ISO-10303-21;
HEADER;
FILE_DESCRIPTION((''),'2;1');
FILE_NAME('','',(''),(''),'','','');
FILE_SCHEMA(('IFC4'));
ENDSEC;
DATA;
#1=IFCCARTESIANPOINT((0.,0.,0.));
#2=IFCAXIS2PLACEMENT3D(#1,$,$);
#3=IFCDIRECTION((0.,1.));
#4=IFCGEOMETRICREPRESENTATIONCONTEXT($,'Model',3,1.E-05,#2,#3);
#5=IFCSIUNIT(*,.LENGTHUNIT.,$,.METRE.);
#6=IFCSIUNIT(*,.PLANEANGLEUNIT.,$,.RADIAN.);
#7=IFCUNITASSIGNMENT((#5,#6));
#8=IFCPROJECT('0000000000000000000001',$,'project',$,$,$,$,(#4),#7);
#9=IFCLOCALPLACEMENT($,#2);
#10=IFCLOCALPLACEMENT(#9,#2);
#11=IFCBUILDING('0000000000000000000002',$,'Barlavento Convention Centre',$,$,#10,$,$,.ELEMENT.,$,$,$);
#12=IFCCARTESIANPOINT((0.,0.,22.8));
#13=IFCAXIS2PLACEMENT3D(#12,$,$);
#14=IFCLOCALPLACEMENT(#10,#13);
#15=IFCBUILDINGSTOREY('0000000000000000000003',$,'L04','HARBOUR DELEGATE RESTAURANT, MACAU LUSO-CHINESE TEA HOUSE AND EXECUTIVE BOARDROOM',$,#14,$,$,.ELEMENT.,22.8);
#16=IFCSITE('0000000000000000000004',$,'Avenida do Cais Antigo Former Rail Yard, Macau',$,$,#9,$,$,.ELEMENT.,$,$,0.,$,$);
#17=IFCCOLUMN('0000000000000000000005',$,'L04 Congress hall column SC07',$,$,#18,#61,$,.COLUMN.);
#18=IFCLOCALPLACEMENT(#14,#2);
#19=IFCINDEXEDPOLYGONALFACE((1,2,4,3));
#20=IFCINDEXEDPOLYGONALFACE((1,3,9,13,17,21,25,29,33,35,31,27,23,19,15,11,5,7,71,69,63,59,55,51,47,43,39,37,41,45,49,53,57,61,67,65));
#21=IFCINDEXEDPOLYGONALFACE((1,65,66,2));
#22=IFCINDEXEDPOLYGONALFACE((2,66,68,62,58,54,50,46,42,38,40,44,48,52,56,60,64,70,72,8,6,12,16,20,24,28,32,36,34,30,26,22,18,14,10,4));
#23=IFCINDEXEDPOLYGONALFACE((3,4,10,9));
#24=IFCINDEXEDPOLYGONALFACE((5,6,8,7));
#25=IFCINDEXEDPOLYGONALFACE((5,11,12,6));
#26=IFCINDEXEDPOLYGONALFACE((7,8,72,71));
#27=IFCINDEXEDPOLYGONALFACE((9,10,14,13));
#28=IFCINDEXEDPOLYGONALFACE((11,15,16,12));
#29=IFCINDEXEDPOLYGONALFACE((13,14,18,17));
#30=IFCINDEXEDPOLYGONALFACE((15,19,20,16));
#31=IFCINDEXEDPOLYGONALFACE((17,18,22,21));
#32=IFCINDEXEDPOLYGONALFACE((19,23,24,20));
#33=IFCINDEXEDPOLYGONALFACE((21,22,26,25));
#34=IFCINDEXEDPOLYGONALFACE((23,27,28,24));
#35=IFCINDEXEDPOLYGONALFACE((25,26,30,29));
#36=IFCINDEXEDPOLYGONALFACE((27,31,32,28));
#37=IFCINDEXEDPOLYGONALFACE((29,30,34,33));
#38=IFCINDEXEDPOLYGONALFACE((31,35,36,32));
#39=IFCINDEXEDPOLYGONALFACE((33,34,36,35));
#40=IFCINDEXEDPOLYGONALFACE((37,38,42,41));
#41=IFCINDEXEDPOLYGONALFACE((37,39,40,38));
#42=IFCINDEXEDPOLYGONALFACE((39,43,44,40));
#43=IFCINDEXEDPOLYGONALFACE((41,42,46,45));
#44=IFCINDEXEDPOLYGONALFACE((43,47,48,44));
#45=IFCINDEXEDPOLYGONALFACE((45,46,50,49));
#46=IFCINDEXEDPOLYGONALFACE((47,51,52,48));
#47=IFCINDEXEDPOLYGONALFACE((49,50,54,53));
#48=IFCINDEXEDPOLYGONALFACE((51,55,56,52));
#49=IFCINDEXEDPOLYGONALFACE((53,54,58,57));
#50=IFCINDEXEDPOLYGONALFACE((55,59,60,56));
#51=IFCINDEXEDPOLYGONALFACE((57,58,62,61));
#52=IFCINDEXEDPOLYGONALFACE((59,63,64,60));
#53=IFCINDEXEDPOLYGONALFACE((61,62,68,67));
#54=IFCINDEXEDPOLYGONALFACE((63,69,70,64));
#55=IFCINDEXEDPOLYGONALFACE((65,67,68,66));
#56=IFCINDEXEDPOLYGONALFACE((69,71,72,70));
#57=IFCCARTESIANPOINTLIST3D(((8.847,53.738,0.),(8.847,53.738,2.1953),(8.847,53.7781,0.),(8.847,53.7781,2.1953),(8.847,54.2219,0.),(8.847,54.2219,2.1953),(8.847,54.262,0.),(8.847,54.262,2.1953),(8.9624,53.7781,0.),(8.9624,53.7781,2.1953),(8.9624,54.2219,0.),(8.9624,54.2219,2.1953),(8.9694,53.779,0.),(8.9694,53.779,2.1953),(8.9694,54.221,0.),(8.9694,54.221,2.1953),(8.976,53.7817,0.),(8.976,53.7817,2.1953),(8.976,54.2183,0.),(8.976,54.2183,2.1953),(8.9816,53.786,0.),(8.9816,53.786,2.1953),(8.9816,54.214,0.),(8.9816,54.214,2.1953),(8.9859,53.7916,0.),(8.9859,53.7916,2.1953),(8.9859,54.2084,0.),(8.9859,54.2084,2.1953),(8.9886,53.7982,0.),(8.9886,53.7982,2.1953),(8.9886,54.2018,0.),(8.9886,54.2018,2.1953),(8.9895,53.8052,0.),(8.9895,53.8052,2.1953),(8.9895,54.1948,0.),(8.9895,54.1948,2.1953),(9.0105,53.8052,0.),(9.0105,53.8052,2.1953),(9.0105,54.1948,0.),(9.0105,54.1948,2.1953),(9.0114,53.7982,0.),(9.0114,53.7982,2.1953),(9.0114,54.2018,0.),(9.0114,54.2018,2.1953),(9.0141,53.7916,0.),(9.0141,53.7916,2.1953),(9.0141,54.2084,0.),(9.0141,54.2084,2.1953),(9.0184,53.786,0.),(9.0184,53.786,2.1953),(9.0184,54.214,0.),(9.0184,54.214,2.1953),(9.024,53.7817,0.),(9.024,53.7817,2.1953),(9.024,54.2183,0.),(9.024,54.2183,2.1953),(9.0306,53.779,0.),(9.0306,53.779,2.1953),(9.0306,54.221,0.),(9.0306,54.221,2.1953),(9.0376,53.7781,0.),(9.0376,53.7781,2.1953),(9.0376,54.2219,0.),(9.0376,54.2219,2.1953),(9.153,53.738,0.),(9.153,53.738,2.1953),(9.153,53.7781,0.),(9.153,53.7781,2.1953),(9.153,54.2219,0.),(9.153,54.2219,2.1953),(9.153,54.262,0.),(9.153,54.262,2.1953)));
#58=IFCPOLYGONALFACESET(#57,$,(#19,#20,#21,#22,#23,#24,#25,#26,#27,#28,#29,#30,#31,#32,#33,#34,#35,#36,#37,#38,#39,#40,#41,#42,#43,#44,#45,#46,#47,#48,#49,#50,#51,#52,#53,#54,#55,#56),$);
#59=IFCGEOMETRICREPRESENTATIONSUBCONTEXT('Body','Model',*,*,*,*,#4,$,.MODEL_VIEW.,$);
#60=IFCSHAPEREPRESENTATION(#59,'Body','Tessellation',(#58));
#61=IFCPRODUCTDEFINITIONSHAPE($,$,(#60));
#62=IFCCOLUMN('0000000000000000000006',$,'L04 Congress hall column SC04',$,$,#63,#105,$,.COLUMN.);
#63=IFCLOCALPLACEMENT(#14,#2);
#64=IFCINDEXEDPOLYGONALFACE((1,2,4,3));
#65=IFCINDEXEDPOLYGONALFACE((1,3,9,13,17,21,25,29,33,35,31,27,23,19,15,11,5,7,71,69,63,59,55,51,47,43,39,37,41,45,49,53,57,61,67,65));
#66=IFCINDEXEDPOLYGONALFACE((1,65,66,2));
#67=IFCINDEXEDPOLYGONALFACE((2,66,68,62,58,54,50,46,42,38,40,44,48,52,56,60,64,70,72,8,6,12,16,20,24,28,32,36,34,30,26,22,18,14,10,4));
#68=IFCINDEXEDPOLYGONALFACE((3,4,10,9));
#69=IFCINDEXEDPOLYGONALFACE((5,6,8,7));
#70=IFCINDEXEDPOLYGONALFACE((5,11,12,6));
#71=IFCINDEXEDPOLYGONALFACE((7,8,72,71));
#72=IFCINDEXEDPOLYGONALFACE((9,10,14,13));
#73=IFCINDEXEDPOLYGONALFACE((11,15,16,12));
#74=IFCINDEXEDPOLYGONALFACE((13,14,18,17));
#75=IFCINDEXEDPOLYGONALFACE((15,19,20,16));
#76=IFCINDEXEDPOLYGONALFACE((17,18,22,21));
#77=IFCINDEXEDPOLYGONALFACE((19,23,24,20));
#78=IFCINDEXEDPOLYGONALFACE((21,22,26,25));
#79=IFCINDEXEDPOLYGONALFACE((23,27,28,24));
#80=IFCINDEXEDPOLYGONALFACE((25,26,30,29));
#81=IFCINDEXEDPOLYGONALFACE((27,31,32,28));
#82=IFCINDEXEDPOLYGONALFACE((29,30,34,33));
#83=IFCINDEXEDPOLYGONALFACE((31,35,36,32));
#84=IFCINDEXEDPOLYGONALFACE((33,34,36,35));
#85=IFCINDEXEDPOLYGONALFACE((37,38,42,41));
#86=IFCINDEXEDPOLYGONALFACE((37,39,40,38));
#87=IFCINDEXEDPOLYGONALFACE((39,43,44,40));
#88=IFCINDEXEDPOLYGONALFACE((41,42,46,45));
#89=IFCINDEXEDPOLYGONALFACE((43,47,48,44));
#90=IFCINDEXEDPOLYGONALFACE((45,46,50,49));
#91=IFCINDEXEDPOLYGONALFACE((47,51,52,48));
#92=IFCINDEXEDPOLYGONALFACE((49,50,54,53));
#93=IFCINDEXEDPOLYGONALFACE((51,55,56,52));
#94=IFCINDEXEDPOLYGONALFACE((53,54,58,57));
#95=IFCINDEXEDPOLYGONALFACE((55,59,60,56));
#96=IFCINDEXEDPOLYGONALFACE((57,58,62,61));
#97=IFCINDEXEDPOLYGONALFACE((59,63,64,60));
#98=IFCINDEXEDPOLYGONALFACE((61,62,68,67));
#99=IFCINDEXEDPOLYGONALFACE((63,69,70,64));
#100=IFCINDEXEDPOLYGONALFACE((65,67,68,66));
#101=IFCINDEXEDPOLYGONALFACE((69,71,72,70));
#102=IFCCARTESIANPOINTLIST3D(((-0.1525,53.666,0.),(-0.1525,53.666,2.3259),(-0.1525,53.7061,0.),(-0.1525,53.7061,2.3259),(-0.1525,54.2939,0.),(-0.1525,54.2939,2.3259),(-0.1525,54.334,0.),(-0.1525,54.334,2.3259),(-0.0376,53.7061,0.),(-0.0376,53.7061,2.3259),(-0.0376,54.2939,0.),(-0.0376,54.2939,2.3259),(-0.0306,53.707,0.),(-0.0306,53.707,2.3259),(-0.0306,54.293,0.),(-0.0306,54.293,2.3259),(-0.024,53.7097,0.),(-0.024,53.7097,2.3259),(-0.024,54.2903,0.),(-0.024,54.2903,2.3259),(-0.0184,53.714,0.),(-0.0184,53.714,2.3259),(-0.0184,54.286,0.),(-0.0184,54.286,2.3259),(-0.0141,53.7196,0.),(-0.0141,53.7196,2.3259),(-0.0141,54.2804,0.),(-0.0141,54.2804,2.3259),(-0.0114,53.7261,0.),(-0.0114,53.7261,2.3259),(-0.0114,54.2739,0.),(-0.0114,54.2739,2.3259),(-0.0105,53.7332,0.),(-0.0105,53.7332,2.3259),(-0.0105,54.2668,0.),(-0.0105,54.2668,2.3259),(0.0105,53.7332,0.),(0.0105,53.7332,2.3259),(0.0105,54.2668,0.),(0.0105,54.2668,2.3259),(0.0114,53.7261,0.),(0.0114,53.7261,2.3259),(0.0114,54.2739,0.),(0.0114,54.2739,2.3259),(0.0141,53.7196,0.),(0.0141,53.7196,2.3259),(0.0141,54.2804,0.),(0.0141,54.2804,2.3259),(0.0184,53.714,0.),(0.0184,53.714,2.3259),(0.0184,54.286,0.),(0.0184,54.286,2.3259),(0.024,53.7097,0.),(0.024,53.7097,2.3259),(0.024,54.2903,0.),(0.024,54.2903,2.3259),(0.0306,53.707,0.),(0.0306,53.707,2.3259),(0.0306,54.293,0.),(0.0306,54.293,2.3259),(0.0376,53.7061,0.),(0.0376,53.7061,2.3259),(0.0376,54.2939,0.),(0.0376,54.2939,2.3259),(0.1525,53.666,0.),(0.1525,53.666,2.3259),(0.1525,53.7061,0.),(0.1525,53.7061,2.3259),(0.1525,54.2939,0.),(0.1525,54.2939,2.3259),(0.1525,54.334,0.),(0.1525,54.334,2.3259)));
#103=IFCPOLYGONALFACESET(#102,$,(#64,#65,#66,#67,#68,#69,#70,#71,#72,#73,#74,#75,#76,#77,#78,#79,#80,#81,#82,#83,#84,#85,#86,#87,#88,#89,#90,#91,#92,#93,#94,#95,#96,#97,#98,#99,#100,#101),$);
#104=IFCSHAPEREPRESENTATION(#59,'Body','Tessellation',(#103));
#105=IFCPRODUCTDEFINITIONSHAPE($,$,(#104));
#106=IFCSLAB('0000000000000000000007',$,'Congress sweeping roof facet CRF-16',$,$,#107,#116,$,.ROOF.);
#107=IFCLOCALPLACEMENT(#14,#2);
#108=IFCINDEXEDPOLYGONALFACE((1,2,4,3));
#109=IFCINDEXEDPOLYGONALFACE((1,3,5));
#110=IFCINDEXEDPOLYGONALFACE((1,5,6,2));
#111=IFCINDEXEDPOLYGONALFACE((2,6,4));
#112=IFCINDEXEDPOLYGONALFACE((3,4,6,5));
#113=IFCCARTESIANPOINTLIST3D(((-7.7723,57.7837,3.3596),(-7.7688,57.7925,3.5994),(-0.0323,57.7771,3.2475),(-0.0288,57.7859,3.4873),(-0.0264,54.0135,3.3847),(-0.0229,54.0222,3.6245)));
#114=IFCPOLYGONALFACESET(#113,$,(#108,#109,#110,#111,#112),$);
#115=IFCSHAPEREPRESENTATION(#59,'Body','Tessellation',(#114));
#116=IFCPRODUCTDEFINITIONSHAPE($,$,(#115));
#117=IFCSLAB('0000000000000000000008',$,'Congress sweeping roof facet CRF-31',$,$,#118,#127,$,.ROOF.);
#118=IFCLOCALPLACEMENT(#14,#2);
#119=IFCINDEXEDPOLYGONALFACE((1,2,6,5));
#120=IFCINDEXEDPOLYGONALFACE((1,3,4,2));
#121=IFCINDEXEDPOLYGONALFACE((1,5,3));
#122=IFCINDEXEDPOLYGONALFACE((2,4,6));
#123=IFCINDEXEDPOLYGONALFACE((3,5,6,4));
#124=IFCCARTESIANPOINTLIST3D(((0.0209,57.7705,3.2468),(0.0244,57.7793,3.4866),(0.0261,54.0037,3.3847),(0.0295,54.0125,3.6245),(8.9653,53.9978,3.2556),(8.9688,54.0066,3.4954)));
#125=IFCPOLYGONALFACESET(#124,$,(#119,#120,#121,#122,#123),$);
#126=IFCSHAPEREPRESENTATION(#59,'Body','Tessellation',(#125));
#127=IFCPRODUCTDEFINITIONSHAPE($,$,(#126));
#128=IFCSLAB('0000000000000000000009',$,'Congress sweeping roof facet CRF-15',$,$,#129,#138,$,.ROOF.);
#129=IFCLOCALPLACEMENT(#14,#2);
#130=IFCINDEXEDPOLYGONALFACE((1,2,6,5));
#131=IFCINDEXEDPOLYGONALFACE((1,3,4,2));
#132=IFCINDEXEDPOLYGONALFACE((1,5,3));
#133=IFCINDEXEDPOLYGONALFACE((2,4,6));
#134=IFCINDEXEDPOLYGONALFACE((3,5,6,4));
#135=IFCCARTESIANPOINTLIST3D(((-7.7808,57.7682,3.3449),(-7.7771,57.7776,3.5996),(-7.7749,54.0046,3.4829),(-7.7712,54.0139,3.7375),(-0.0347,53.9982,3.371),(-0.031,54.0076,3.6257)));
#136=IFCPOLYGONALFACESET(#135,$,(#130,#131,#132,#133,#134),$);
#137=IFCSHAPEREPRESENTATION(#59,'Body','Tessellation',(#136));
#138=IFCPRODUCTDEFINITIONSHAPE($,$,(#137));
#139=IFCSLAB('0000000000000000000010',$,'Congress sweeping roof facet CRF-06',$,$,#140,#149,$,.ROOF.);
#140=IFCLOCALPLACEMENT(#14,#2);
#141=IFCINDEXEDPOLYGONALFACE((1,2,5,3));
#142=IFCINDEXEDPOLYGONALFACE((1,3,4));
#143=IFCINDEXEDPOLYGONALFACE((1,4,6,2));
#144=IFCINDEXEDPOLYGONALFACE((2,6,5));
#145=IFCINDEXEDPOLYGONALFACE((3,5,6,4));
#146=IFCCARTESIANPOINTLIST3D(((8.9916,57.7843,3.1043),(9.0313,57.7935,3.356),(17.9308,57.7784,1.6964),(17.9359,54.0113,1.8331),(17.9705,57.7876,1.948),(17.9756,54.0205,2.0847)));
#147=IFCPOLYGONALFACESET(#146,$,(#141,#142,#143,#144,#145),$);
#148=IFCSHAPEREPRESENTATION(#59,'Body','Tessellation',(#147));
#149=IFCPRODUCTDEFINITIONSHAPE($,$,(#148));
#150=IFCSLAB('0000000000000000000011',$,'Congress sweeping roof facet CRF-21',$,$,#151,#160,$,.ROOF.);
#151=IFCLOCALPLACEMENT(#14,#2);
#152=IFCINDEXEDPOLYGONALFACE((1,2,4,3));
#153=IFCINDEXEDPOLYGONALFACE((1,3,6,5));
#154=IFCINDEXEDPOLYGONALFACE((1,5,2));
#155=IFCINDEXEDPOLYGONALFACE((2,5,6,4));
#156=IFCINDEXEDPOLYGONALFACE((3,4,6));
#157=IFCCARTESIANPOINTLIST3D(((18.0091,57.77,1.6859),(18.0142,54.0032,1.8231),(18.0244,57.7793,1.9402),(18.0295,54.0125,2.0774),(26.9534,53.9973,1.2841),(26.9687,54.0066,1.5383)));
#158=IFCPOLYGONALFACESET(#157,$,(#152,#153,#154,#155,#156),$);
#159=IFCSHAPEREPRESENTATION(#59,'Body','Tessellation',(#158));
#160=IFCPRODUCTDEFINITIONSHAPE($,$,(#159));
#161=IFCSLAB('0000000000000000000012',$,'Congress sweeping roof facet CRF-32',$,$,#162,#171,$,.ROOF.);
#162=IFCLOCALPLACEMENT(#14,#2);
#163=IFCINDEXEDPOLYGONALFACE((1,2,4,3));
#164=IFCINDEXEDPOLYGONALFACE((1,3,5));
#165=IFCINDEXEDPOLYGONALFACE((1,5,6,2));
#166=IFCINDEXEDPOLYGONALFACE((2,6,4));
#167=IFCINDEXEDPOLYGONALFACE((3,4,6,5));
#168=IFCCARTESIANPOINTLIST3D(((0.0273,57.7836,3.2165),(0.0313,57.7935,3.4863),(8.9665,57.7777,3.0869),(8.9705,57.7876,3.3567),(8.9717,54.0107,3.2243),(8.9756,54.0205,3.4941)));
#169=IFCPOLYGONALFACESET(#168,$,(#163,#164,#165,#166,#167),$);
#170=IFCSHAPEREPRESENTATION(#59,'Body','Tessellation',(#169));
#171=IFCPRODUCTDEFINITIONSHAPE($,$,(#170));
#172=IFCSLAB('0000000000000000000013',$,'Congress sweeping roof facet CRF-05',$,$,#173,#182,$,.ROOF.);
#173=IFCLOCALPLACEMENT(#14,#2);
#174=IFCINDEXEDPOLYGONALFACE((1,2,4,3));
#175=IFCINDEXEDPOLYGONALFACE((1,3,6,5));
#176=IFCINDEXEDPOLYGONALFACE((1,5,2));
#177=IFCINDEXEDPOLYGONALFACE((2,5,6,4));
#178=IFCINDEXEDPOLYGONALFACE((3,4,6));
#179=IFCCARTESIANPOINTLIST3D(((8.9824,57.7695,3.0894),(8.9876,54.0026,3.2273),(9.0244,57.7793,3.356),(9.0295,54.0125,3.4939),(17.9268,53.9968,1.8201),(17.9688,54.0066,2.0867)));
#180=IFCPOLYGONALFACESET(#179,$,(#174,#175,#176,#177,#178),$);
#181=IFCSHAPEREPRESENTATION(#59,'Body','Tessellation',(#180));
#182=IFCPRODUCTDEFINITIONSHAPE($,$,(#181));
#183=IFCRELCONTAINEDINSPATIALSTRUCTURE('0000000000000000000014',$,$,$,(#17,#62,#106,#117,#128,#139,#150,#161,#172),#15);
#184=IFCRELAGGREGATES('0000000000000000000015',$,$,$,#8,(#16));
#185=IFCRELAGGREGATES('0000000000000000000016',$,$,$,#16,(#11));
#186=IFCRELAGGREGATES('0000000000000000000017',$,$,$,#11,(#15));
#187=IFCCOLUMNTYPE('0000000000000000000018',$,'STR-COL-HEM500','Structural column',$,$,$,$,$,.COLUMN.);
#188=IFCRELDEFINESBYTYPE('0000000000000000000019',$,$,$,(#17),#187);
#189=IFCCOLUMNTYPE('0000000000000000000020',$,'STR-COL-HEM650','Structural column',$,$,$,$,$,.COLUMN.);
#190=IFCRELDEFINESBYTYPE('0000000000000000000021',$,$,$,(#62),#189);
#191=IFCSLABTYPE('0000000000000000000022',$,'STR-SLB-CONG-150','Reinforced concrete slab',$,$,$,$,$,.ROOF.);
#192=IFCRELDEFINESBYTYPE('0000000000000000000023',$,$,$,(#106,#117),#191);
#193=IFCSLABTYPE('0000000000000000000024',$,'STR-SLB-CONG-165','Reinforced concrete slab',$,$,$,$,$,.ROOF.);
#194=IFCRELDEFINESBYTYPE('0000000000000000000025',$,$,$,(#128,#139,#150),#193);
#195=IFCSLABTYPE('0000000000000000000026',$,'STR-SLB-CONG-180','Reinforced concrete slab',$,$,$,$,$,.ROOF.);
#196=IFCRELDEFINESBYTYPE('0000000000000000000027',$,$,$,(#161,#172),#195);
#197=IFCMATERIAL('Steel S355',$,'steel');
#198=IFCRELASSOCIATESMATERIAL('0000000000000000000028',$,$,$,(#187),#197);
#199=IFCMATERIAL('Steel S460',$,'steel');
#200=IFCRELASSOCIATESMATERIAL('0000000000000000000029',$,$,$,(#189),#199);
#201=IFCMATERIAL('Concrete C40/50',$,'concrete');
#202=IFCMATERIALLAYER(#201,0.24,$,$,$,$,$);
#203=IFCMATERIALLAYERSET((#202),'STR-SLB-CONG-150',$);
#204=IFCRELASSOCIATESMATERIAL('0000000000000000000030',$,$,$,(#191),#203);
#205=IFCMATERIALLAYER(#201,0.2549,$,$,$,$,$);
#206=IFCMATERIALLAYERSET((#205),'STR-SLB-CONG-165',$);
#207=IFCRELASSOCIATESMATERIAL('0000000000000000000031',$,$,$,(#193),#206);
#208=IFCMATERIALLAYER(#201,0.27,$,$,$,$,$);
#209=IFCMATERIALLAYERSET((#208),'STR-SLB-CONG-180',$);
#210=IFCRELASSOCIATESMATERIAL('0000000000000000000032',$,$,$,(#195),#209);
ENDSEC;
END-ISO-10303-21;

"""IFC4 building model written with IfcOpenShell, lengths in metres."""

from ifc_helpers import new_model, si_unit, direction, frame, origin, origin_2d, place, context, subcontext, project, spatial, polyline, i_section, outline, extrude, material, layer, layer_set, material_profile, profile_set, type_object, element, save


model = new_model("IFC4")

# Units and contexts
model_context = context("Model", 3, precision=1e-05, world=origin(), true_north=direction((0.0, 1.0)))
body_context = subcontext(model_context, "Body", "Model", "MODEL_VIEW")
ifc_project = project(units=[si_unit("LENGTHUNIT", "METRE"), si_unit("PLANEANGLEUNIT", "RADIAN")], contexts=[model_context])

# Site, building, storey
site_placement = place(None, origin())
site = spatial("IfcSite", under=ifc_project, at=site_placement, Name="Avenida do Cais Antigo Former Rail Yard, Macau", CompositionType="ELEMENT", RefElevation=0.0)
building_placement = place(site_placement, origin())
building = spatial("IfcBuilding", under=site, at=building_placement, Name="Barlavento Convention Centre", CompositionType="ELEMENT")
storey_placement = place(building_placement, frame((0.0, 0.0, 22.8)))
storey = spatial("IfcBuildingStorey", under=building, at=storey_placement, Name="L04", Description="HARBOUR DELEGATE RESTAURANT, MACAU LUSO-CHINESE TEA HOUSE AND EXECUTIVE BOARDROOM", CompositionType="ELEMENT", Elevation=22.8)

# Columns
ifc_material_1 = material(Name="Steel S355", Category="steel")
ifc_material_profile_1 = material_profile(ifc_material_1, i_section(OverallWidth=0.3059, OverallDepth=0.5239, WebThickness=0.021, FlangeThickness=0.04, FilletRadius=0.0271, at=origin_2d()), Name="HEM 500")
ifc_profile_set_1 = profile_set([ifc_material_profile_1], Name="Steel S355")
column_type_1 = type_object("IfcColumnType", Name="STR-COL-HEM500", Description="Structural column", PredefinedType="COLUMN", material=ifc_profile_set_1)
column_1_placement = place(storey_placement, frame((9.0, 54.0, 0.0), z_axis=(0.0, 0.0, 1.0), x_axis=(1.0, 0.0, 0.0)))
element("IfcColumn", 1, at=column_1_placement, inside=storey, type_object=column_type_1, Name="L04 Congress hall column SC07", PredefinedType="COLUMN", context=body_context, shape_type="SweptSolid", body=[
    extrude(i_section(OverallWidth=0.3059, OverallDepth=0.5239, WebThickness=0.021, FlangeThickness=0.04, FilletRadius=0.0271, at=origin_2d()), origin(), (0.0, 0.0, 1.0), 2.1953),
])
ifc_material_2 = material(Name="Steel S460", Category="steel")
ifc_material_profile_2 = material_profile(ifc_material_2, i_section(OverallWidth=0.3049, OverallDepth=0.668, WebThickness=0.021, FlangeThickness=0.04, FilletRadius=0.0271, at=origin_2d()), Name="HEM 650")
ifc_profile_set_2 = profile_set([ifc_material_profile_2], Name="Steel S460")
column_type_2 = type_object("IfcColumnType", Name="STR-COL-HEM650", Description="Structural column", PredefinedType="COLUMN", material=ifc_profile_set_2)
column_2_placement = place(storey_placement, frame((0.0, 54.0, 0.0), z_axis=(0.0, 0.0, 1.0), x_axis=(1.0, 0.0, 0.0)))
element("IfcColumn", 2, at=column_2_placement, inside=storey, type_object=column_type_2, Name="L04 Congress hall column SC04", PredefinedType="COLUMN", context=body_context, shape_type="SweptSolid", body=[
    extrude(i_section(OverallWidth=0.3049, OverallDepth=0.668, WebThickness=0.021, FlangeThickness=0.04, FilletRadius=0.0271, at=origin_2d()), origin(), (0.0, 0.0, 1.0), 2.3259),
])

# Slabs
ifc_material_3 = material(Name="Concrete C40/50", Category="concrete")
ifc_layer_1 = layer(ifc_material_3, 0.24)
ifc_layer_set_1 = layer_set([ifc_layer_1], Name="STR-SLB-CONG-150")
slab_type_1 = type_object("IfcSlabType", Name="STR-SLB-CONG-150", Description="Reinforced concrete slab", PredefinedType="ROOF", material=ifc_layer_set_1)
slab_1_placement = place(storey_placement, frame((-0.0229, 54.0222, 3.6245), z_axis=(0.014498, 0.03645, 0.99923), x_axis=(-0.001556, 0.999335, -0.036431)))
element("IfcSlab", 3, at=slab_1_placement, inside=storey, type_object=slab_type_1, Name="Congress sweeping roof facet CRF-16", PredefinedType="ROOF", context=body_context, shape_type="SweptSolid", body=[
    extrude(outline(polyline([(0.0, 0.0), (3.7662, 0.0), (3.7807, 7.7408), (0.0, 0.0)])), origin(), (0.0, 0.0, -1.0), 0.24),
])
slab_2_placement = place(storey_placement, frame((0.0295, 54.0125, 3.6245), z_axis=(0.01446, 0.036611, 0.999225), x_axis=(0.999895, -0.000655, -0.014446)))
element("IfcSlab", 4, at=slab_2_placement, inside=storey, type_object=slab_type_1, Name="Congress sweeping roof facet CRF-31", PredefinedType="ROOF", context=body_context, shape_type="SweptSolid", body=[
    extrude(outline(polyline([(0.0, 0.0), (8.9401, 0.0), (-0.0056, 3.7694), (0.0, 0.0)])), origin(), (0.0, 0.0, -1.0), 0.24),
])
ifc_layer_2 = layer(ifc_material_3, 0.2549)
ifc_layer_set_2 = layer_set([ifc_layer_2], Name="STR-SLB-CONG-165")
slab_type_2 = type_object("IfcSlabType", Name="STR-SLB-CONG-165", Description="Reinforced concrete slab", PredefinedType="ROOF", material=ifc_layer_set_2)
slab_3_placement = place(storey_placement, frame((-7.7712, 54.0139, 3.7375), z_axis=(0.014465, 0.036644, 0.999224), x_axis=(0.999895, -0.00082, -0.014445)))
element("IfcSlab", 5, at=slab_3_placement, inside=storey, type_object=slab_type_2, Name="Congress sweeping roof facet CRF-15", PredefinedType="ROOF", context=body_context, shape_type="SweptSolid", body=[
    extrude(outline(polyline([(0.0, 0.0), (7.741, 0.0), (-0.007, 3.7662), (0.0, 0.0)])), origin(), (0.0, 0.0, -1.0), 0.2549),
])
slab_4_placement = place(storey_placement, frame((17.9756, 54.0205, 2.0847), z_axis=(0.155508, 0.036039, 0.987177), x_axis=(-0.00136, 0.999341, -0.036269)))
element("IfcSlab", 6, at=slab_4_placement, inside=storey, type_object=slab_type_2, Name="Congress sweeping roof facet CRF-06", PredefinedType="ROOF", context=body_context, shape_type="SweptSolid", body=[
    extrude(outline(polyline([(0.0, 0.0), (3.7696, 0.0), (3.7365, 9.0494), (0.0, 0.0)])), origin(), (0.0, 0.0, -1.0), 0.2549),
])
slab_5_placement = place(storey_placement, frame((18.0295, 54.0125, 2.0774), z_axis=(0.060178, 0.036417, 0.997523), x_axis=(0.998186, -0.000654, -0.060194)))
element("IfcSlab", 7, at=slab_5_placement, inside=storey, type_object=slab_type_2, Name="Congress sweeping roof facet CRF-21", PredefinedType="ROOF", context=body_context, shape_type="SweptSolid", body=[
    extrude(outline(polyline([(0.0, 0.0), (8.9554, 0.0), (0.0007, 3.7693), (0.0, 0.0)])), origin(), (0.0, 0.0, -1.0), 0.2549),
])
ifc_layer_3 = layer(ifc_material_3, 0.27)
ifc_layer_set_3 = layer_set([ifc_layer_3], Name="STR-SLB-CONG-180")
slab_type_3 = type_object("IfcSlabType", Name="STR-SLB-CONG-180", Description="Reinforced concrete slab", PredefinedType="ROOF", material=ifc_layer_set_3)
slab_6_placement = place(storey_placement, frame((8.9756, 54.0205, 3.4941), z_axis=(0.014515, 0.036479, 0.999229), x_axis=(-0.00136, 0.999334, -0.036463)))
element("IfcSlab", 8, at=slab_6_placement, inside=storey, type_object=slab_type_3, Name="Congress sweeping roof facet CRF-32", PredefinedType="ROOF", context=body_context, shape_type="SweptSolid", body=[
    extrude(outline(polyline([(0.0, 0.0), (3.7696, 0.0), (3.7829, 8.9401), (0.0, 0.0)])), origin(), (0.0, 0.0, -1.0), 0.27),
])
slab_7_placement = place(storey_placement, frame((9.0295, 54.0125, 3.4939), z_axis=(0.155427, 0.036361, 0.987178), x_axis=(0.987835, -0.000647, -0.155507)))
element("IfcSlab", 9, at=slab_7_placement, inside=storey, type_object=slab_type_3, Name="Congress sweeping roof facet CRF-05", PredefinedType="ROOF", context=body_context, shape_type="SweptSolid", body=[
    extrude(outline(polyline([(0.0, 0.0), (9.0493, 0.0), (0.0139, 3.7693), (0.0, 0.0)])), origin(), (0.0, 0.0, -1.0), 0.27),
])

save(model, "model.ifc")
